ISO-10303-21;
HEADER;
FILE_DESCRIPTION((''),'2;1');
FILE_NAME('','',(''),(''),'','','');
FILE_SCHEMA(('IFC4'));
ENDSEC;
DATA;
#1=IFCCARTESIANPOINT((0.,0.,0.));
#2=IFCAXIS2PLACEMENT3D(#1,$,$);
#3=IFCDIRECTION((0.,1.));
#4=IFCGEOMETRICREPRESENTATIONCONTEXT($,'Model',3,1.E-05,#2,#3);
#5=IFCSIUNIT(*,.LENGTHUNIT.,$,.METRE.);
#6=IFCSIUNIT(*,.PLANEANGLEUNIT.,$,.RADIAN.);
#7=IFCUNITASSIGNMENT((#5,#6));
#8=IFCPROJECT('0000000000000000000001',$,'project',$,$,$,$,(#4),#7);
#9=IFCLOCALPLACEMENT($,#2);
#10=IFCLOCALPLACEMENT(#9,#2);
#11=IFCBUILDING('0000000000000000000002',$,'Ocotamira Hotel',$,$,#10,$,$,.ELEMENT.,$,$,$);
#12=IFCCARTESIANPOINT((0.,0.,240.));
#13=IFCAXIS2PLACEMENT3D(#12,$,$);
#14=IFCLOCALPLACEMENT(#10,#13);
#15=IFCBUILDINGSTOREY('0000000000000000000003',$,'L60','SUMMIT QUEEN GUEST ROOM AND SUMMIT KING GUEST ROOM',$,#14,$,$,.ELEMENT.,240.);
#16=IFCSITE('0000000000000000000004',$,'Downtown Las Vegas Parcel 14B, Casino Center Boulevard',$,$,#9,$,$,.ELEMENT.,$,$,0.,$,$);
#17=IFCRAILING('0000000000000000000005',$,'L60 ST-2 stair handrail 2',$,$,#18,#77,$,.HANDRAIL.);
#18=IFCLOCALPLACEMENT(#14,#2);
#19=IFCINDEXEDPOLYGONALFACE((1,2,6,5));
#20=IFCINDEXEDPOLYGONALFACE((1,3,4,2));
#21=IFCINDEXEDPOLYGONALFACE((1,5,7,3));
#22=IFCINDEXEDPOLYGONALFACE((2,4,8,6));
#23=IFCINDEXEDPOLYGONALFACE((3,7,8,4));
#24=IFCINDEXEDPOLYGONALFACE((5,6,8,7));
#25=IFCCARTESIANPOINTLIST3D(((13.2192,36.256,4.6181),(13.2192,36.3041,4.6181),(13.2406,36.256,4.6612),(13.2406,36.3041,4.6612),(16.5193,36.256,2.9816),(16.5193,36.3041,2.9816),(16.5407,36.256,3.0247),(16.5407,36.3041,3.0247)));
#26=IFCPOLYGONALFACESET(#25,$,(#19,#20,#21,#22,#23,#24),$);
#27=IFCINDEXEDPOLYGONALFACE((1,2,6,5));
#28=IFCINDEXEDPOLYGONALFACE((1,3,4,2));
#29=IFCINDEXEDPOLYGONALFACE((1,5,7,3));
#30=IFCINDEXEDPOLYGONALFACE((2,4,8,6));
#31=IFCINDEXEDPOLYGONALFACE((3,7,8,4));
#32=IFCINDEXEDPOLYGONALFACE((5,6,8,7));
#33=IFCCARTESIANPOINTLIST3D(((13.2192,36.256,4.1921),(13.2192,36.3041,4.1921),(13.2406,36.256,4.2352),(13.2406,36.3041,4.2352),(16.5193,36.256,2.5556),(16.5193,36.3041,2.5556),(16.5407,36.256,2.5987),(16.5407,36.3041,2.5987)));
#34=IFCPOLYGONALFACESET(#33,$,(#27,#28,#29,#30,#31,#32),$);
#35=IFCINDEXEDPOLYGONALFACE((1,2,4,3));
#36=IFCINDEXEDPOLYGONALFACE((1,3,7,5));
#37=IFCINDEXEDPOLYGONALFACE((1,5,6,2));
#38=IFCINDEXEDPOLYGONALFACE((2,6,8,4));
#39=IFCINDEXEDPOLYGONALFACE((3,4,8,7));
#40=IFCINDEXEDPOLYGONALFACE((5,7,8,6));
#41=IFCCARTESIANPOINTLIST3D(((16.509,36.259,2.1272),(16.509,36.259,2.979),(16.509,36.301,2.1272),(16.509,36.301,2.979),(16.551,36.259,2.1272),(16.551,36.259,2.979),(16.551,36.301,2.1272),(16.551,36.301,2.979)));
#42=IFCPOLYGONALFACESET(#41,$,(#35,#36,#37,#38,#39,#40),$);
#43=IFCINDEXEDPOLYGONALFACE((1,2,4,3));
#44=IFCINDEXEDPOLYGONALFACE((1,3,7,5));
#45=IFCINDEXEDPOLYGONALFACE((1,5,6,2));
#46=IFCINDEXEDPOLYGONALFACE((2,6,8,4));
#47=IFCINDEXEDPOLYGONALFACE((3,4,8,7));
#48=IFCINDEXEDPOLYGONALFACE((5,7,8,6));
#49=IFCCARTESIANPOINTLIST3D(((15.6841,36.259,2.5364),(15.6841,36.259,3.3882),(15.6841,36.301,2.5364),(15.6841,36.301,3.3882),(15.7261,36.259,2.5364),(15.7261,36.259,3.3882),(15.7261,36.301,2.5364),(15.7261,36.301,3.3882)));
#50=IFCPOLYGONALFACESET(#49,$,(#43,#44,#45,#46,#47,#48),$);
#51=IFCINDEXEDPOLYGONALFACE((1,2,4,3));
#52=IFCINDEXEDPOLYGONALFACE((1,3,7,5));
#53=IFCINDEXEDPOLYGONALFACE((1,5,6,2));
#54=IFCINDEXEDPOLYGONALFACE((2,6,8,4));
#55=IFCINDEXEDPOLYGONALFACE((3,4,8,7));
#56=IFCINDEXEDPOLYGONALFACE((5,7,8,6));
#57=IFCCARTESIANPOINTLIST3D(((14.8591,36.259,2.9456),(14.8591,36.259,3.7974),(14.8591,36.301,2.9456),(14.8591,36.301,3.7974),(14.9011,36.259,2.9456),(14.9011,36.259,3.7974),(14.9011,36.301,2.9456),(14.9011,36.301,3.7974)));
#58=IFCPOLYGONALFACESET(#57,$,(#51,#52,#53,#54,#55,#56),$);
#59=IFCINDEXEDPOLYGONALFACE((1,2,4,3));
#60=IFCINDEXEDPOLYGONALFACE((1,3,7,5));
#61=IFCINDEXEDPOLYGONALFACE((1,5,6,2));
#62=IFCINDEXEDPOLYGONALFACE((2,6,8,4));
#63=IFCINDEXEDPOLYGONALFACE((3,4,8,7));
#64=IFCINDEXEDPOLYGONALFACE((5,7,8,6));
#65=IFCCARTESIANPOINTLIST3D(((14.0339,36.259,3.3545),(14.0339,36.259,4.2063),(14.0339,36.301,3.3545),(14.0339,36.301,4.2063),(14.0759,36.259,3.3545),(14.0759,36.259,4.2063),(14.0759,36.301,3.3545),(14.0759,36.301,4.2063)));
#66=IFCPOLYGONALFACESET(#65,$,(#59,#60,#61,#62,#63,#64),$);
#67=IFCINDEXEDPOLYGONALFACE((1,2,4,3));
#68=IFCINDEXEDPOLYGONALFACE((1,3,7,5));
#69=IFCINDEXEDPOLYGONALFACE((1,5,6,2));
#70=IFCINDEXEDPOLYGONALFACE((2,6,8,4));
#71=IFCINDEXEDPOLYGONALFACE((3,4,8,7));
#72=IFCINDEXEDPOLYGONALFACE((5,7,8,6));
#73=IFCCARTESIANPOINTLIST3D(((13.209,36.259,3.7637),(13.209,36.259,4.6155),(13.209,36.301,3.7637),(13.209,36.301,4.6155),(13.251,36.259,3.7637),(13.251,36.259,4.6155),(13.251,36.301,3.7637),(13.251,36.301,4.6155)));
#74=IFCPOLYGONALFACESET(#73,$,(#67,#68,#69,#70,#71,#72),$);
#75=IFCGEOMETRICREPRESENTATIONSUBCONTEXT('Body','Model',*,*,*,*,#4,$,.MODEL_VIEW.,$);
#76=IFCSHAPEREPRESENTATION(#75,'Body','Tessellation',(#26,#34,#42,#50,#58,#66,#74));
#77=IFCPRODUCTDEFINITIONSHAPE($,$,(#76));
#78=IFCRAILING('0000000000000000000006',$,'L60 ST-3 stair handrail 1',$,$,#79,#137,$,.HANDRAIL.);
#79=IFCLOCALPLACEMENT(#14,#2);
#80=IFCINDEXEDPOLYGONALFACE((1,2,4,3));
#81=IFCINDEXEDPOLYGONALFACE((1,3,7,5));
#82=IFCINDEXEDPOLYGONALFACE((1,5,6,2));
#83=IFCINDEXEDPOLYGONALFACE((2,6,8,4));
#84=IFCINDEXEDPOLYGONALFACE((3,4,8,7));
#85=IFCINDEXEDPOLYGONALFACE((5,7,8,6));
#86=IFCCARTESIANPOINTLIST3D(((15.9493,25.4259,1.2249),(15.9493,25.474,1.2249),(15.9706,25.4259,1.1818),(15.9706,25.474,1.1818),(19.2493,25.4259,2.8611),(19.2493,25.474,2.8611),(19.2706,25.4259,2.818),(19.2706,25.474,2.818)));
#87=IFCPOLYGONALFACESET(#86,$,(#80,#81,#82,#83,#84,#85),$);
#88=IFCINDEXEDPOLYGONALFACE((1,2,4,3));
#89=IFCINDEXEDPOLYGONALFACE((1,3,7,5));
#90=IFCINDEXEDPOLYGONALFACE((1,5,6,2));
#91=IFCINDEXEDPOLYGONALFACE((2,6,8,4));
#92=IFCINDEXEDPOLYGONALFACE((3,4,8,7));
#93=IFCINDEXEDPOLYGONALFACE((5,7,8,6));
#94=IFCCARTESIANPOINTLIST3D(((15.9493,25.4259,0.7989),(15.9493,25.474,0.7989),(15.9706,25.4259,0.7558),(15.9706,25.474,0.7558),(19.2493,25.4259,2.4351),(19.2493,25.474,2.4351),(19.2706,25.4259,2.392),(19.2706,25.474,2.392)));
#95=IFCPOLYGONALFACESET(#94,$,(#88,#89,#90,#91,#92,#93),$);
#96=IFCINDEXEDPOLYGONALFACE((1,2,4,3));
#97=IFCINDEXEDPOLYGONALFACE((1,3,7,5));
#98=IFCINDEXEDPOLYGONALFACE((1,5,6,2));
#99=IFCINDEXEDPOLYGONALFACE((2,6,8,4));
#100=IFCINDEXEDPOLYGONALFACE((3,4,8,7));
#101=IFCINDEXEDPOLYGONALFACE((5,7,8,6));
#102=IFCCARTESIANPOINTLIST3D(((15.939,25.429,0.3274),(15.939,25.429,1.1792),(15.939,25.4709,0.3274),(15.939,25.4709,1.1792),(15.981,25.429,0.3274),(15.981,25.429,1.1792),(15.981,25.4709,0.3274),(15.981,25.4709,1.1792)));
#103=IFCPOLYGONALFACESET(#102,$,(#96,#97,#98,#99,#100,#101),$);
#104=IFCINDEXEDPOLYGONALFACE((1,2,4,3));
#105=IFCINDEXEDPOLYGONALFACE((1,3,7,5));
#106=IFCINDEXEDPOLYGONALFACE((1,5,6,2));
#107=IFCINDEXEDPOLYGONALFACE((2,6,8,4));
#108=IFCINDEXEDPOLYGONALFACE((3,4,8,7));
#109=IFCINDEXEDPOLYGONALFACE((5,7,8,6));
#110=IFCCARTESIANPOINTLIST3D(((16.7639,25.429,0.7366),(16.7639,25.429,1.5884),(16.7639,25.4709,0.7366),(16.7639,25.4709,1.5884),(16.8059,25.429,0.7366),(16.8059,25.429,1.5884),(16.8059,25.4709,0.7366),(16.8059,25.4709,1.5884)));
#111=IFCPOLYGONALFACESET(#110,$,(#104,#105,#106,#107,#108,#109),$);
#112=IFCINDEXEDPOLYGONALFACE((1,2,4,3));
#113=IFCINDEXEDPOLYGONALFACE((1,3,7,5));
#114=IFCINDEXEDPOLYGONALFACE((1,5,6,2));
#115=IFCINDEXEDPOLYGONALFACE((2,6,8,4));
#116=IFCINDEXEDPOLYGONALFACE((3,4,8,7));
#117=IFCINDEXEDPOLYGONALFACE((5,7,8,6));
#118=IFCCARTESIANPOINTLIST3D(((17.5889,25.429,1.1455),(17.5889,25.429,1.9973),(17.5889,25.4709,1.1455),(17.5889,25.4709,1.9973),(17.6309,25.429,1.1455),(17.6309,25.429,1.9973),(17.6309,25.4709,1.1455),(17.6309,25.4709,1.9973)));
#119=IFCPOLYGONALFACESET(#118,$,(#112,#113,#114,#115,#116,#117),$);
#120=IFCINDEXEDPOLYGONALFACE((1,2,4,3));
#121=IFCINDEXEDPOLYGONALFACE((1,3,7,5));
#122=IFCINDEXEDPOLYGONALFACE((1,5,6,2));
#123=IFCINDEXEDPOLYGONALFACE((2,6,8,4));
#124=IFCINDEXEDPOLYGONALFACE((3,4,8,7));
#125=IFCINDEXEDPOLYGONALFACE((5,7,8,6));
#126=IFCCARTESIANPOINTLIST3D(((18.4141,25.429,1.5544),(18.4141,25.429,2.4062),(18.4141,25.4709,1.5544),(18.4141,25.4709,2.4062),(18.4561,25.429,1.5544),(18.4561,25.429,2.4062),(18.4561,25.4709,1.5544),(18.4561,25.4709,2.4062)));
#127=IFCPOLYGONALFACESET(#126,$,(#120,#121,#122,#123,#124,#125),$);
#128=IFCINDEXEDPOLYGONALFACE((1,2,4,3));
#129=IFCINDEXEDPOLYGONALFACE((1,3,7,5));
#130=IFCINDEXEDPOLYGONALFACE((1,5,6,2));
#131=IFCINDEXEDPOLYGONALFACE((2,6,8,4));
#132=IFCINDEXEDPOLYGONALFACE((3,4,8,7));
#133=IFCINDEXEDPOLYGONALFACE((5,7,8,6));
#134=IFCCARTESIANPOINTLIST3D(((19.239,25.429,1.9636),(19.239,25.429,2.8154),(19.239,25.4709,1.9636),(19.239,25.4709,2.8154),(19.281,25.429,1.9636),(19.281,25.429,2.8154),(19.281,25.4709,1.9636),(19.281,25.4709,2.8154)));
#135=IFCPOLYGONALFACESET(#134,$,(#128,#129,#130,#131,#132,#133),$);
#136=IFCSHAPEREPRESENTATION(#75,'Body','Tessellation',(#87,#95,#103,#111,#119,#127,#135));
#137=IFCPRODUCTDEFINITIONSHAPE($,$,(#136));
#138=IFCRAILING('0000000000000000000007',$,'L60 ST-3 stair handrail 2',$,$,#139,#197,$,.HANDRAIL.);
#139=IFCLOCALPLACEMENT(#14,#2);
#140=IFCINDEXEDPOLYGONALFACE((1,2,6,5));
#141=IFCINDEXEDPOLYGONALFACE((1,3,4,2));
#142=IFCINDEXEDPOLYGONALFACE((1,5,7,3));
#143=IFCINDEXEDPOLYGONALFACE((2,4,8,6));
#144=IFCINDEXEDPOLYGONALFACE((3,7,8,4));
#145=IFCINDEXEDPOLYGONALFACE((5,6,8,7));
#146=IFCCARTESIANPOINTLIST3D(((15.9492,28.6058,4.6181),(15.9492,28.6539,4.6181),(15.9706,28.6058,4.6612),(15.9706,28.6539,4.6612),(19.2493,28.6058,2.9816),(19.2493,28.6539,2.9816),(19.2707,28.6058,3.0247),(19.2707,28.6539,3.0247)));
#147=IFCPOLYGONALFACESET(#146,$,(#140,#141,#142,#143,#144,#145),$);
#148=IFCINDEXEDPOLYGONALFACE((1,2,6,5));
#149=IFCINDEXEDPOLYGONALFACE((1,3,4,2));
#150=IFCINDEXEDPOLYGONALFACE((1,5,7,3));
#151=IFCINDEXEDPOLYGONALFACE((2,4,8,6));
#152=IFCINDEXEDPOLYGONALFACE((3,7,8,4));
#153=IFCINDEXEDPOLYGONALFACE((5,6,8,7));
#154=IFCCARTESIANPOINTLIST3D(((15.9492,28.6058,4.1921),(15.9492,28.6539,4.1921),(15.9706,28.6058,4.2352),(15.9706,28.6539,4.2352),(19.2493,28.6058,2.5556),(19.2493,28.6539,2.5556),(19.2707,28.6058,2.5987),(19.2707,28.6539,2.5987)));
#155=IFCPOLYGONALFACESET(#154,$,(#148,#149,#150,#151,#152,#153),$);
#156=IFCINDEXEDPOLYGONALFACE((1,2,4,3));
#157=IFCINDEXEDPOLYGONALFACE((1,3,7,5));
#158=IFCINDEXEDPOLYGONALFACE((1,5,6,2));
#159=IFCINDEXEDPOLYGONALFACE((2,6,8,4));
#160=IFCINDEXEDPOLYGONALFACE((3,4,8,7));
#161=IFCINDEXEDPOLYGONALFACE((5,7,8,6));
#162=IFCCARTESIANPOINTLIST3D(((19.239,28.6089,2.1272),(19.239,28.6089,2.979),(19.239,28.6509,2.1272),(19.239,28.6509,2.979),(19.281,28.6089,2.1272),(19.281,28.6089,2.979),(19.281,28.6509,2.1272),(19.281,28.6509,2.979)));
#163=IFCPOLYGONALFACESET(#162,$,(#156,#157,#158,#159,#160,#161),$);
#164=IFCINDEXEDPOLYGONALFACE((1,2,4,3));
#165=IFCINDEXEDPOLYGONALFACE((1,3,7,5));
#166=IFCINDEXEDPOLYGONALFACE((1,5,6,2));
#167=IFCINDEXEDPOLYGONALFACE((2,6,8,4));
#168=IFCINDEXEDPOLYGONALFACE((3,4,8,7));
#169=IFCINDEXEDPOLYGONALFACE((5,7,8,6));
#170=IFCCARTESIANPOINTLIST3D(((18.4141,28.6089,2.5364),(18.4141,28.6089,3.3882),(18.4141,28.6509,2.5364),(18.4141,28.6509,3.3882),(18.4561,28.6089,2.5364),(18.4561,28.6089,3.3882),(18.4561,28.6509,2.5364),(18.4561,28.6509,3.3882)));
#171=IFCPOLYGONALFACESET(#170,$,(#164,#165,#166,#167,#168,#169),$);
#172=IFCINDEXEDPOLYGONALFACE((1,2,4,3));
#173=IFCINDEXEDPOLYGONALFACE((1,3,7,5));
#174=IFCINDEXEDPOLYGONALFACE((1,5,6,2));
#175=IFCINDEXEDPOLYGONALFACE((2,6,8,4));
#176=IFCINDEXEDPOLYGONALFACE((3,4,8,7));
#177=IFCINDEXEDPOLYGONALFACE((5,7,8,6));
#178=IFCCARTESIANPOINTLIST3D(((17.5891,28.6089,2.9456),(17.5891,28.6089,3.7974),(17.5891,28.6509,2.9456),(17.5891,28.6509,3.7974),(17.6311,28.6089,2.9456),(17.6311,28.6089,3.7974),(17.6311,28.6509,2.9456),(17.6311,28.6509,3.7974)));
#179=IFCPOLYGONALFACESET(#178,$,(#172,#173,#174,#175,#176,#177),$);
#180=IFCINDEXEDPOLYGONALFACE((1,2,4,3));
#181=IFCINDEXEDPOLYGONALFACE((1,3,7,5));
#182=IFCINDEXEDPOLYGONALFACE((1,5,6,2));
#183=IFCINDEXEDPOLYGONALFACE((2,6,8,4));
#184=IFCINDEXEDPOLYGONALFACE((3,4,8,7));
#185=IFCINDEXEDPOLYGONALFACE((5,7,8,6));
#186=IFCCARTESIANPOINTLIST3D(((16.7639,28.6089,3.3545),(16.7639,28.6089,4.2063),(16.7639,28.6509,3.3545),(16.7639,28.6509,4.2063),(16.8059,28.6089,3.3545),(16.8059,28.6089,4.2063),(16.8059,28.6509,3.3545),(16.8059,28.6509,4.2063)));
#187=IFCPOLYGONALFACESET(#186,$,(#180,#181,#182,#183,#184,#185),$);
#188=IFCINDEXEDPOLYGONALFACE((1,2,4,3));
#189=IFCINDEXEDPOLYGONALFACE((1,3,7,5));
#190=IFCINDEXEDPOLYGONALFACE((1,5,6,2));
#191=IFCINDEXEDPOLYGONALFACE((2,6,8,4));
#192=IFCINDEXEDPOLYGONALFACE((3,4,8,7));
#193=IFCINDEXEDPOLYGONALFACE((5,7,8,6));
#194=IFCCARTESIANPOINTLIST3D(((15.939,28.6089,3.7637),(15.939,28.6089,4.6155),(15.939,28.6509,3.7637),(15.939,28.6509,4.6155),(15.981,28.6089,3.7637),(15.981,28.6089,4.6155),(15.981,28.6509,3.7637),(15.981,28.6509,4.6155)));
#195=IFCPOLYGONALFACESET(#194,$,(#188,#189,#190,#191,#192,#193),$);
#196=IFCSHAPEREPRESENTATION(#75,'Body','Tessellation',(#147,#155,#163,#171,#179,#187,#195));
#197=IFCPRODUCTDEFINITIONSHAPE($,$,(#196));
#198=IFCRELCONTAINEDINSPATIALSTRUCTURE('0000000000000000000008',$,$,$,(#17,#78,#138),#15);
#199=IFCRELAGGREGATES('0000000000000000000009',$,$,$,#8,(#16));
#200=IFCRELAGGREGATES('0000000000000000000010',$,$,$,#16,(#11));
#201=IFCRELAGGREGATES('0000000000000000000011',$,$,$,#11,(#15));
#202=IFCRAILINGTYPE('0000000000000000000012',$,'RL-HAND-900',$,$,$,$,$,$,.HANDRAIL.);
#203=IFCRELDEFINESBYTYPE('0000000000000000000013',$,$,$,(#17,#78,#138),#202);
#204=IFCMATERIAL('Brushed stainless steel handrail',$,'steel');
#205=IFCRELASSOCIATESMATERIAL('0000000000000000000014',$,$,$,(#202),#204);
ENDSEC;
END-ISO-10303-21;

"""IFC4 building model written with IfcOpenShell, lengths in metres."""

from ifc_helpers import new_model, si_unit, direction, frame, origin, origin_2d, place, context, subcontext, project, spatial, rectangle, extrude, material, type_object, element, save


model = new_model("IFC4")

# Units and contexts
model_context = context("Model", 3, precision=1e-05, world=origin(), true_north=direction((0.0, 1.0)))
body_context = subcontext(model_context, "Body", "Model", "MODEL_VIEW")
ifc_project = project(units=[si_unit("LENGTHUNIT", "METRE"), si_unit("PLANEANGLEUNIT", "RADIAN")], contexts=[model_context])

# Site, building, storey
site_placement = place(None, origin())
site = spatial("IfcSite", under=ifc_project, at=site_placement, Name="Downtown Las Vegas Parcel 14B, Casino Center Boulevard", CompositionType="ELEMENT", RefElevation=0.0)
building_placement = place(site_placement, origin())
building = spatial("IfcBuilding", under=site, at=building_placement, Name="Ocotamira Hotel", CompositionType="ELEMENT")
storey_placement = place(building_placement, frame((0.0, 0.0, 240.0)))
storey = spatial("IfcBuildingStorey", under=building, at=storey_placement, Name="L60", Description="SUMMIT QUEEN GUEST ROOM AND SUMMIT KING GUEST ROOM", CompositionType="ELEMENT", Elevation=240.0)

# Railings
ifc_material_1 = material(Name="Brushed stainless steel handrail", Category="steel")
railing_type_1 = type_object("IfcRailingType", Name="RL-HAND-900", PredefinedType="HANDRAIL", material=ifc_material_1)
railing_1_placement = place(storey_placement, frame((16.53, 36.28, 2.1272)))
element("IfcRailing", 1, at=railing_1_placement, inside=storey, type_object=railing_type_1, Name="L60 ST-2 stair handrail 2", PredefinedType="HANDRAIL", context=body_context, shape_type="SweptSolid", body=[
    extrude(rectangle(XDim=0.0481, YDim=0.0481, at=origin_2d()), frame((0.0, 0.0, 0.876), z_axis=(-0.895894, 0.0, 0.444268), x_axis=(0.0, -1.0, 0.0)), (0.0, 0.0, 1.0), 3.6836),
    extrude(rectangle(XDim=0.0481, YDim=0.0481, at=origin_2d()), frame((0.0, 0.0, 0.45), z_axis=(-0.895894, 0.0, 0.444268), x_axis=(0.0, -1.0, 0.0)), (0.0, 0.0, 1.0), 3.6836),
    extrude(rectangle(XDim=0.042, YDim=0.042, at=origin_2d()), origin(), (0.0, 0.0, 1.0), 0.8518),
    extrude(rectangle(XDim=0.042, YDim=0.042, at=origin_2d()), frame((-0.825, 0.0, 0.4092)), (0.0, 0.0, 1.0), 0.8518),
    extrude(rectangle(XDim=0.042, YDim=0.042, at=origin_2d()), frame((-1.6499, 0.0, 0.8184)), (0.0, 0.0, 1.0), 0.8518),
    extrude(rectangle(XDim=0.042, YDim=0.042, at=origin_2d()), frame((-2.4751, 0.0, 1.2273)), (0.0, 0.0, 1.0), 0.8518),
    extrude(rectangle(XDim=0.042, YDim=0.042, at=origin_2d()), frame((-3.3, 0.0, 1.6365)), (0.0, 0.0, 1.0), 0.8518),
])
railing_2_placement = place(storey_placement, frame((15.96, 25.45, 0.3274)))
element("IfcRailing", 2, at=railing_2_placement, inside=storey, type_object=railing_type_1, Name="L60 ST-3 stair handrail 1", PredefinedType="HANDRAIL", context=body_context, shape_type="SweptSolid", body=[
    extrude(rectangle(XDim=0.0481, YDim=0.0481, at=origin_2d()), frame((0.0, 0.0, 0.876), z_axis=(0.89592, 0.0, 0.444215), x_axis=(0.0, 1.0, 0.0)), (0.0, 0.0, 1.0), 3.6833),
    extrude(rectangle(XDim=0.0481, YDim=0.0481, at=origin_2d()), frame((0.0, 0.0, 0.45), z_axis=(0.89592, 0.0, 0.444215), x_axis=(0.0, 1.0, 0.0)), (0.0, 0.0, 1.0), 3.6833),
    extrude(rectangle(XDim=0.042, YDim=0.042, at=origin_2d()), origin(), (0.0, 0.0, 1.0), 0.8518),
    extrude(rectangle(XDim=0.042, YDim=0.042, at=origin_2d()), frame((0.825, 0.0, 0.4092)), (0.0, 0.0, 1.0), 0.8518),
    extrude(rectangle(XDim=0.042, YDim=0.042, at=origin_2d()), frame((1.6499, 0.0, 0.8181)), (0.0, 0.0, 1.0), 0.8518),
    extrude(rectangle(XDim=0.042, YDim=0.042, at=origin_2d()), frame((2.4751, 0.0, 1.2271)), (0.0, 0.0, 1.0), 0.8518),
    extrude(rectangle(XDim=0.042, YDim=0.042, at=origin_2d()), frame((3.3, 0.0, 1.6362)), (0.0, 0.0, 1.0), 0.8518),
])
railing_3_placement = place(storey_placement, frame((19.26, 28.6299, 2.1272)))
element("IfcRailing", 3, at=railing_3_placement, inside=storey, type_object=railing_type_1, Name="L60 ST-3 stair handrail 2", PredefinedType="HANDRAIL", context=body_context, shape_type="SweptSolid", body=[
    extrude(rectangle(XDim=0.0481, YDim=0.0481, at=origin_2d()), frame((0.0, 0.0, 0.876), z_axis=(-0.895894, 0.0, 0.444268), x_axis=(0.0, -1.0, 0.0)), (0.0, 0.0, 1.0), 3.6836),
    extrude(rectangle(XDim=0.0481, YDim=0.0481, at=origin_2d()), frame((0.0, 0.0, 0.45), z_axis=(-0.895894, 0.0, 0.444268), x_axis=(0.0, -1.0, 0.0)), (0.0, 0.0, 1.0), 3.6836),
    extrude(rectangle(XDim=0.042, YDim=0.042, at=origin_2d()), origin(), (0.0, 0.0, 1.0), 0.8518),
    extrude(rectangle(XDim=0.042, YDim=0.042, at=origin_2d()), frame((-0.825, 0.0, 0.4092)), (0.0, 0.0, 1.0), 0.8518),
    extrude(rectangle(XDim=0.042, YDim=0.042, at=origin_2d()), frame((-1.6499, 0.0, 0.8184)), (0.0, 0.0, 1.0), 0.8518),
    extrude(rectangle(XDim=0.042, YDim=0.042, at=origin_2d()), frame((-2.4751, 0.0, 1.2273)), (0.0, 0.0, 1.0), 0.8518),
    extrude(rectangle(XDim=0.042, YDim=0.042, at=origin_2d()), frame((-3.3, 0.0, 1.6365)), (0.0, 0.0, 1.0), 0.8518),
])

save(model, "model.ifc")
